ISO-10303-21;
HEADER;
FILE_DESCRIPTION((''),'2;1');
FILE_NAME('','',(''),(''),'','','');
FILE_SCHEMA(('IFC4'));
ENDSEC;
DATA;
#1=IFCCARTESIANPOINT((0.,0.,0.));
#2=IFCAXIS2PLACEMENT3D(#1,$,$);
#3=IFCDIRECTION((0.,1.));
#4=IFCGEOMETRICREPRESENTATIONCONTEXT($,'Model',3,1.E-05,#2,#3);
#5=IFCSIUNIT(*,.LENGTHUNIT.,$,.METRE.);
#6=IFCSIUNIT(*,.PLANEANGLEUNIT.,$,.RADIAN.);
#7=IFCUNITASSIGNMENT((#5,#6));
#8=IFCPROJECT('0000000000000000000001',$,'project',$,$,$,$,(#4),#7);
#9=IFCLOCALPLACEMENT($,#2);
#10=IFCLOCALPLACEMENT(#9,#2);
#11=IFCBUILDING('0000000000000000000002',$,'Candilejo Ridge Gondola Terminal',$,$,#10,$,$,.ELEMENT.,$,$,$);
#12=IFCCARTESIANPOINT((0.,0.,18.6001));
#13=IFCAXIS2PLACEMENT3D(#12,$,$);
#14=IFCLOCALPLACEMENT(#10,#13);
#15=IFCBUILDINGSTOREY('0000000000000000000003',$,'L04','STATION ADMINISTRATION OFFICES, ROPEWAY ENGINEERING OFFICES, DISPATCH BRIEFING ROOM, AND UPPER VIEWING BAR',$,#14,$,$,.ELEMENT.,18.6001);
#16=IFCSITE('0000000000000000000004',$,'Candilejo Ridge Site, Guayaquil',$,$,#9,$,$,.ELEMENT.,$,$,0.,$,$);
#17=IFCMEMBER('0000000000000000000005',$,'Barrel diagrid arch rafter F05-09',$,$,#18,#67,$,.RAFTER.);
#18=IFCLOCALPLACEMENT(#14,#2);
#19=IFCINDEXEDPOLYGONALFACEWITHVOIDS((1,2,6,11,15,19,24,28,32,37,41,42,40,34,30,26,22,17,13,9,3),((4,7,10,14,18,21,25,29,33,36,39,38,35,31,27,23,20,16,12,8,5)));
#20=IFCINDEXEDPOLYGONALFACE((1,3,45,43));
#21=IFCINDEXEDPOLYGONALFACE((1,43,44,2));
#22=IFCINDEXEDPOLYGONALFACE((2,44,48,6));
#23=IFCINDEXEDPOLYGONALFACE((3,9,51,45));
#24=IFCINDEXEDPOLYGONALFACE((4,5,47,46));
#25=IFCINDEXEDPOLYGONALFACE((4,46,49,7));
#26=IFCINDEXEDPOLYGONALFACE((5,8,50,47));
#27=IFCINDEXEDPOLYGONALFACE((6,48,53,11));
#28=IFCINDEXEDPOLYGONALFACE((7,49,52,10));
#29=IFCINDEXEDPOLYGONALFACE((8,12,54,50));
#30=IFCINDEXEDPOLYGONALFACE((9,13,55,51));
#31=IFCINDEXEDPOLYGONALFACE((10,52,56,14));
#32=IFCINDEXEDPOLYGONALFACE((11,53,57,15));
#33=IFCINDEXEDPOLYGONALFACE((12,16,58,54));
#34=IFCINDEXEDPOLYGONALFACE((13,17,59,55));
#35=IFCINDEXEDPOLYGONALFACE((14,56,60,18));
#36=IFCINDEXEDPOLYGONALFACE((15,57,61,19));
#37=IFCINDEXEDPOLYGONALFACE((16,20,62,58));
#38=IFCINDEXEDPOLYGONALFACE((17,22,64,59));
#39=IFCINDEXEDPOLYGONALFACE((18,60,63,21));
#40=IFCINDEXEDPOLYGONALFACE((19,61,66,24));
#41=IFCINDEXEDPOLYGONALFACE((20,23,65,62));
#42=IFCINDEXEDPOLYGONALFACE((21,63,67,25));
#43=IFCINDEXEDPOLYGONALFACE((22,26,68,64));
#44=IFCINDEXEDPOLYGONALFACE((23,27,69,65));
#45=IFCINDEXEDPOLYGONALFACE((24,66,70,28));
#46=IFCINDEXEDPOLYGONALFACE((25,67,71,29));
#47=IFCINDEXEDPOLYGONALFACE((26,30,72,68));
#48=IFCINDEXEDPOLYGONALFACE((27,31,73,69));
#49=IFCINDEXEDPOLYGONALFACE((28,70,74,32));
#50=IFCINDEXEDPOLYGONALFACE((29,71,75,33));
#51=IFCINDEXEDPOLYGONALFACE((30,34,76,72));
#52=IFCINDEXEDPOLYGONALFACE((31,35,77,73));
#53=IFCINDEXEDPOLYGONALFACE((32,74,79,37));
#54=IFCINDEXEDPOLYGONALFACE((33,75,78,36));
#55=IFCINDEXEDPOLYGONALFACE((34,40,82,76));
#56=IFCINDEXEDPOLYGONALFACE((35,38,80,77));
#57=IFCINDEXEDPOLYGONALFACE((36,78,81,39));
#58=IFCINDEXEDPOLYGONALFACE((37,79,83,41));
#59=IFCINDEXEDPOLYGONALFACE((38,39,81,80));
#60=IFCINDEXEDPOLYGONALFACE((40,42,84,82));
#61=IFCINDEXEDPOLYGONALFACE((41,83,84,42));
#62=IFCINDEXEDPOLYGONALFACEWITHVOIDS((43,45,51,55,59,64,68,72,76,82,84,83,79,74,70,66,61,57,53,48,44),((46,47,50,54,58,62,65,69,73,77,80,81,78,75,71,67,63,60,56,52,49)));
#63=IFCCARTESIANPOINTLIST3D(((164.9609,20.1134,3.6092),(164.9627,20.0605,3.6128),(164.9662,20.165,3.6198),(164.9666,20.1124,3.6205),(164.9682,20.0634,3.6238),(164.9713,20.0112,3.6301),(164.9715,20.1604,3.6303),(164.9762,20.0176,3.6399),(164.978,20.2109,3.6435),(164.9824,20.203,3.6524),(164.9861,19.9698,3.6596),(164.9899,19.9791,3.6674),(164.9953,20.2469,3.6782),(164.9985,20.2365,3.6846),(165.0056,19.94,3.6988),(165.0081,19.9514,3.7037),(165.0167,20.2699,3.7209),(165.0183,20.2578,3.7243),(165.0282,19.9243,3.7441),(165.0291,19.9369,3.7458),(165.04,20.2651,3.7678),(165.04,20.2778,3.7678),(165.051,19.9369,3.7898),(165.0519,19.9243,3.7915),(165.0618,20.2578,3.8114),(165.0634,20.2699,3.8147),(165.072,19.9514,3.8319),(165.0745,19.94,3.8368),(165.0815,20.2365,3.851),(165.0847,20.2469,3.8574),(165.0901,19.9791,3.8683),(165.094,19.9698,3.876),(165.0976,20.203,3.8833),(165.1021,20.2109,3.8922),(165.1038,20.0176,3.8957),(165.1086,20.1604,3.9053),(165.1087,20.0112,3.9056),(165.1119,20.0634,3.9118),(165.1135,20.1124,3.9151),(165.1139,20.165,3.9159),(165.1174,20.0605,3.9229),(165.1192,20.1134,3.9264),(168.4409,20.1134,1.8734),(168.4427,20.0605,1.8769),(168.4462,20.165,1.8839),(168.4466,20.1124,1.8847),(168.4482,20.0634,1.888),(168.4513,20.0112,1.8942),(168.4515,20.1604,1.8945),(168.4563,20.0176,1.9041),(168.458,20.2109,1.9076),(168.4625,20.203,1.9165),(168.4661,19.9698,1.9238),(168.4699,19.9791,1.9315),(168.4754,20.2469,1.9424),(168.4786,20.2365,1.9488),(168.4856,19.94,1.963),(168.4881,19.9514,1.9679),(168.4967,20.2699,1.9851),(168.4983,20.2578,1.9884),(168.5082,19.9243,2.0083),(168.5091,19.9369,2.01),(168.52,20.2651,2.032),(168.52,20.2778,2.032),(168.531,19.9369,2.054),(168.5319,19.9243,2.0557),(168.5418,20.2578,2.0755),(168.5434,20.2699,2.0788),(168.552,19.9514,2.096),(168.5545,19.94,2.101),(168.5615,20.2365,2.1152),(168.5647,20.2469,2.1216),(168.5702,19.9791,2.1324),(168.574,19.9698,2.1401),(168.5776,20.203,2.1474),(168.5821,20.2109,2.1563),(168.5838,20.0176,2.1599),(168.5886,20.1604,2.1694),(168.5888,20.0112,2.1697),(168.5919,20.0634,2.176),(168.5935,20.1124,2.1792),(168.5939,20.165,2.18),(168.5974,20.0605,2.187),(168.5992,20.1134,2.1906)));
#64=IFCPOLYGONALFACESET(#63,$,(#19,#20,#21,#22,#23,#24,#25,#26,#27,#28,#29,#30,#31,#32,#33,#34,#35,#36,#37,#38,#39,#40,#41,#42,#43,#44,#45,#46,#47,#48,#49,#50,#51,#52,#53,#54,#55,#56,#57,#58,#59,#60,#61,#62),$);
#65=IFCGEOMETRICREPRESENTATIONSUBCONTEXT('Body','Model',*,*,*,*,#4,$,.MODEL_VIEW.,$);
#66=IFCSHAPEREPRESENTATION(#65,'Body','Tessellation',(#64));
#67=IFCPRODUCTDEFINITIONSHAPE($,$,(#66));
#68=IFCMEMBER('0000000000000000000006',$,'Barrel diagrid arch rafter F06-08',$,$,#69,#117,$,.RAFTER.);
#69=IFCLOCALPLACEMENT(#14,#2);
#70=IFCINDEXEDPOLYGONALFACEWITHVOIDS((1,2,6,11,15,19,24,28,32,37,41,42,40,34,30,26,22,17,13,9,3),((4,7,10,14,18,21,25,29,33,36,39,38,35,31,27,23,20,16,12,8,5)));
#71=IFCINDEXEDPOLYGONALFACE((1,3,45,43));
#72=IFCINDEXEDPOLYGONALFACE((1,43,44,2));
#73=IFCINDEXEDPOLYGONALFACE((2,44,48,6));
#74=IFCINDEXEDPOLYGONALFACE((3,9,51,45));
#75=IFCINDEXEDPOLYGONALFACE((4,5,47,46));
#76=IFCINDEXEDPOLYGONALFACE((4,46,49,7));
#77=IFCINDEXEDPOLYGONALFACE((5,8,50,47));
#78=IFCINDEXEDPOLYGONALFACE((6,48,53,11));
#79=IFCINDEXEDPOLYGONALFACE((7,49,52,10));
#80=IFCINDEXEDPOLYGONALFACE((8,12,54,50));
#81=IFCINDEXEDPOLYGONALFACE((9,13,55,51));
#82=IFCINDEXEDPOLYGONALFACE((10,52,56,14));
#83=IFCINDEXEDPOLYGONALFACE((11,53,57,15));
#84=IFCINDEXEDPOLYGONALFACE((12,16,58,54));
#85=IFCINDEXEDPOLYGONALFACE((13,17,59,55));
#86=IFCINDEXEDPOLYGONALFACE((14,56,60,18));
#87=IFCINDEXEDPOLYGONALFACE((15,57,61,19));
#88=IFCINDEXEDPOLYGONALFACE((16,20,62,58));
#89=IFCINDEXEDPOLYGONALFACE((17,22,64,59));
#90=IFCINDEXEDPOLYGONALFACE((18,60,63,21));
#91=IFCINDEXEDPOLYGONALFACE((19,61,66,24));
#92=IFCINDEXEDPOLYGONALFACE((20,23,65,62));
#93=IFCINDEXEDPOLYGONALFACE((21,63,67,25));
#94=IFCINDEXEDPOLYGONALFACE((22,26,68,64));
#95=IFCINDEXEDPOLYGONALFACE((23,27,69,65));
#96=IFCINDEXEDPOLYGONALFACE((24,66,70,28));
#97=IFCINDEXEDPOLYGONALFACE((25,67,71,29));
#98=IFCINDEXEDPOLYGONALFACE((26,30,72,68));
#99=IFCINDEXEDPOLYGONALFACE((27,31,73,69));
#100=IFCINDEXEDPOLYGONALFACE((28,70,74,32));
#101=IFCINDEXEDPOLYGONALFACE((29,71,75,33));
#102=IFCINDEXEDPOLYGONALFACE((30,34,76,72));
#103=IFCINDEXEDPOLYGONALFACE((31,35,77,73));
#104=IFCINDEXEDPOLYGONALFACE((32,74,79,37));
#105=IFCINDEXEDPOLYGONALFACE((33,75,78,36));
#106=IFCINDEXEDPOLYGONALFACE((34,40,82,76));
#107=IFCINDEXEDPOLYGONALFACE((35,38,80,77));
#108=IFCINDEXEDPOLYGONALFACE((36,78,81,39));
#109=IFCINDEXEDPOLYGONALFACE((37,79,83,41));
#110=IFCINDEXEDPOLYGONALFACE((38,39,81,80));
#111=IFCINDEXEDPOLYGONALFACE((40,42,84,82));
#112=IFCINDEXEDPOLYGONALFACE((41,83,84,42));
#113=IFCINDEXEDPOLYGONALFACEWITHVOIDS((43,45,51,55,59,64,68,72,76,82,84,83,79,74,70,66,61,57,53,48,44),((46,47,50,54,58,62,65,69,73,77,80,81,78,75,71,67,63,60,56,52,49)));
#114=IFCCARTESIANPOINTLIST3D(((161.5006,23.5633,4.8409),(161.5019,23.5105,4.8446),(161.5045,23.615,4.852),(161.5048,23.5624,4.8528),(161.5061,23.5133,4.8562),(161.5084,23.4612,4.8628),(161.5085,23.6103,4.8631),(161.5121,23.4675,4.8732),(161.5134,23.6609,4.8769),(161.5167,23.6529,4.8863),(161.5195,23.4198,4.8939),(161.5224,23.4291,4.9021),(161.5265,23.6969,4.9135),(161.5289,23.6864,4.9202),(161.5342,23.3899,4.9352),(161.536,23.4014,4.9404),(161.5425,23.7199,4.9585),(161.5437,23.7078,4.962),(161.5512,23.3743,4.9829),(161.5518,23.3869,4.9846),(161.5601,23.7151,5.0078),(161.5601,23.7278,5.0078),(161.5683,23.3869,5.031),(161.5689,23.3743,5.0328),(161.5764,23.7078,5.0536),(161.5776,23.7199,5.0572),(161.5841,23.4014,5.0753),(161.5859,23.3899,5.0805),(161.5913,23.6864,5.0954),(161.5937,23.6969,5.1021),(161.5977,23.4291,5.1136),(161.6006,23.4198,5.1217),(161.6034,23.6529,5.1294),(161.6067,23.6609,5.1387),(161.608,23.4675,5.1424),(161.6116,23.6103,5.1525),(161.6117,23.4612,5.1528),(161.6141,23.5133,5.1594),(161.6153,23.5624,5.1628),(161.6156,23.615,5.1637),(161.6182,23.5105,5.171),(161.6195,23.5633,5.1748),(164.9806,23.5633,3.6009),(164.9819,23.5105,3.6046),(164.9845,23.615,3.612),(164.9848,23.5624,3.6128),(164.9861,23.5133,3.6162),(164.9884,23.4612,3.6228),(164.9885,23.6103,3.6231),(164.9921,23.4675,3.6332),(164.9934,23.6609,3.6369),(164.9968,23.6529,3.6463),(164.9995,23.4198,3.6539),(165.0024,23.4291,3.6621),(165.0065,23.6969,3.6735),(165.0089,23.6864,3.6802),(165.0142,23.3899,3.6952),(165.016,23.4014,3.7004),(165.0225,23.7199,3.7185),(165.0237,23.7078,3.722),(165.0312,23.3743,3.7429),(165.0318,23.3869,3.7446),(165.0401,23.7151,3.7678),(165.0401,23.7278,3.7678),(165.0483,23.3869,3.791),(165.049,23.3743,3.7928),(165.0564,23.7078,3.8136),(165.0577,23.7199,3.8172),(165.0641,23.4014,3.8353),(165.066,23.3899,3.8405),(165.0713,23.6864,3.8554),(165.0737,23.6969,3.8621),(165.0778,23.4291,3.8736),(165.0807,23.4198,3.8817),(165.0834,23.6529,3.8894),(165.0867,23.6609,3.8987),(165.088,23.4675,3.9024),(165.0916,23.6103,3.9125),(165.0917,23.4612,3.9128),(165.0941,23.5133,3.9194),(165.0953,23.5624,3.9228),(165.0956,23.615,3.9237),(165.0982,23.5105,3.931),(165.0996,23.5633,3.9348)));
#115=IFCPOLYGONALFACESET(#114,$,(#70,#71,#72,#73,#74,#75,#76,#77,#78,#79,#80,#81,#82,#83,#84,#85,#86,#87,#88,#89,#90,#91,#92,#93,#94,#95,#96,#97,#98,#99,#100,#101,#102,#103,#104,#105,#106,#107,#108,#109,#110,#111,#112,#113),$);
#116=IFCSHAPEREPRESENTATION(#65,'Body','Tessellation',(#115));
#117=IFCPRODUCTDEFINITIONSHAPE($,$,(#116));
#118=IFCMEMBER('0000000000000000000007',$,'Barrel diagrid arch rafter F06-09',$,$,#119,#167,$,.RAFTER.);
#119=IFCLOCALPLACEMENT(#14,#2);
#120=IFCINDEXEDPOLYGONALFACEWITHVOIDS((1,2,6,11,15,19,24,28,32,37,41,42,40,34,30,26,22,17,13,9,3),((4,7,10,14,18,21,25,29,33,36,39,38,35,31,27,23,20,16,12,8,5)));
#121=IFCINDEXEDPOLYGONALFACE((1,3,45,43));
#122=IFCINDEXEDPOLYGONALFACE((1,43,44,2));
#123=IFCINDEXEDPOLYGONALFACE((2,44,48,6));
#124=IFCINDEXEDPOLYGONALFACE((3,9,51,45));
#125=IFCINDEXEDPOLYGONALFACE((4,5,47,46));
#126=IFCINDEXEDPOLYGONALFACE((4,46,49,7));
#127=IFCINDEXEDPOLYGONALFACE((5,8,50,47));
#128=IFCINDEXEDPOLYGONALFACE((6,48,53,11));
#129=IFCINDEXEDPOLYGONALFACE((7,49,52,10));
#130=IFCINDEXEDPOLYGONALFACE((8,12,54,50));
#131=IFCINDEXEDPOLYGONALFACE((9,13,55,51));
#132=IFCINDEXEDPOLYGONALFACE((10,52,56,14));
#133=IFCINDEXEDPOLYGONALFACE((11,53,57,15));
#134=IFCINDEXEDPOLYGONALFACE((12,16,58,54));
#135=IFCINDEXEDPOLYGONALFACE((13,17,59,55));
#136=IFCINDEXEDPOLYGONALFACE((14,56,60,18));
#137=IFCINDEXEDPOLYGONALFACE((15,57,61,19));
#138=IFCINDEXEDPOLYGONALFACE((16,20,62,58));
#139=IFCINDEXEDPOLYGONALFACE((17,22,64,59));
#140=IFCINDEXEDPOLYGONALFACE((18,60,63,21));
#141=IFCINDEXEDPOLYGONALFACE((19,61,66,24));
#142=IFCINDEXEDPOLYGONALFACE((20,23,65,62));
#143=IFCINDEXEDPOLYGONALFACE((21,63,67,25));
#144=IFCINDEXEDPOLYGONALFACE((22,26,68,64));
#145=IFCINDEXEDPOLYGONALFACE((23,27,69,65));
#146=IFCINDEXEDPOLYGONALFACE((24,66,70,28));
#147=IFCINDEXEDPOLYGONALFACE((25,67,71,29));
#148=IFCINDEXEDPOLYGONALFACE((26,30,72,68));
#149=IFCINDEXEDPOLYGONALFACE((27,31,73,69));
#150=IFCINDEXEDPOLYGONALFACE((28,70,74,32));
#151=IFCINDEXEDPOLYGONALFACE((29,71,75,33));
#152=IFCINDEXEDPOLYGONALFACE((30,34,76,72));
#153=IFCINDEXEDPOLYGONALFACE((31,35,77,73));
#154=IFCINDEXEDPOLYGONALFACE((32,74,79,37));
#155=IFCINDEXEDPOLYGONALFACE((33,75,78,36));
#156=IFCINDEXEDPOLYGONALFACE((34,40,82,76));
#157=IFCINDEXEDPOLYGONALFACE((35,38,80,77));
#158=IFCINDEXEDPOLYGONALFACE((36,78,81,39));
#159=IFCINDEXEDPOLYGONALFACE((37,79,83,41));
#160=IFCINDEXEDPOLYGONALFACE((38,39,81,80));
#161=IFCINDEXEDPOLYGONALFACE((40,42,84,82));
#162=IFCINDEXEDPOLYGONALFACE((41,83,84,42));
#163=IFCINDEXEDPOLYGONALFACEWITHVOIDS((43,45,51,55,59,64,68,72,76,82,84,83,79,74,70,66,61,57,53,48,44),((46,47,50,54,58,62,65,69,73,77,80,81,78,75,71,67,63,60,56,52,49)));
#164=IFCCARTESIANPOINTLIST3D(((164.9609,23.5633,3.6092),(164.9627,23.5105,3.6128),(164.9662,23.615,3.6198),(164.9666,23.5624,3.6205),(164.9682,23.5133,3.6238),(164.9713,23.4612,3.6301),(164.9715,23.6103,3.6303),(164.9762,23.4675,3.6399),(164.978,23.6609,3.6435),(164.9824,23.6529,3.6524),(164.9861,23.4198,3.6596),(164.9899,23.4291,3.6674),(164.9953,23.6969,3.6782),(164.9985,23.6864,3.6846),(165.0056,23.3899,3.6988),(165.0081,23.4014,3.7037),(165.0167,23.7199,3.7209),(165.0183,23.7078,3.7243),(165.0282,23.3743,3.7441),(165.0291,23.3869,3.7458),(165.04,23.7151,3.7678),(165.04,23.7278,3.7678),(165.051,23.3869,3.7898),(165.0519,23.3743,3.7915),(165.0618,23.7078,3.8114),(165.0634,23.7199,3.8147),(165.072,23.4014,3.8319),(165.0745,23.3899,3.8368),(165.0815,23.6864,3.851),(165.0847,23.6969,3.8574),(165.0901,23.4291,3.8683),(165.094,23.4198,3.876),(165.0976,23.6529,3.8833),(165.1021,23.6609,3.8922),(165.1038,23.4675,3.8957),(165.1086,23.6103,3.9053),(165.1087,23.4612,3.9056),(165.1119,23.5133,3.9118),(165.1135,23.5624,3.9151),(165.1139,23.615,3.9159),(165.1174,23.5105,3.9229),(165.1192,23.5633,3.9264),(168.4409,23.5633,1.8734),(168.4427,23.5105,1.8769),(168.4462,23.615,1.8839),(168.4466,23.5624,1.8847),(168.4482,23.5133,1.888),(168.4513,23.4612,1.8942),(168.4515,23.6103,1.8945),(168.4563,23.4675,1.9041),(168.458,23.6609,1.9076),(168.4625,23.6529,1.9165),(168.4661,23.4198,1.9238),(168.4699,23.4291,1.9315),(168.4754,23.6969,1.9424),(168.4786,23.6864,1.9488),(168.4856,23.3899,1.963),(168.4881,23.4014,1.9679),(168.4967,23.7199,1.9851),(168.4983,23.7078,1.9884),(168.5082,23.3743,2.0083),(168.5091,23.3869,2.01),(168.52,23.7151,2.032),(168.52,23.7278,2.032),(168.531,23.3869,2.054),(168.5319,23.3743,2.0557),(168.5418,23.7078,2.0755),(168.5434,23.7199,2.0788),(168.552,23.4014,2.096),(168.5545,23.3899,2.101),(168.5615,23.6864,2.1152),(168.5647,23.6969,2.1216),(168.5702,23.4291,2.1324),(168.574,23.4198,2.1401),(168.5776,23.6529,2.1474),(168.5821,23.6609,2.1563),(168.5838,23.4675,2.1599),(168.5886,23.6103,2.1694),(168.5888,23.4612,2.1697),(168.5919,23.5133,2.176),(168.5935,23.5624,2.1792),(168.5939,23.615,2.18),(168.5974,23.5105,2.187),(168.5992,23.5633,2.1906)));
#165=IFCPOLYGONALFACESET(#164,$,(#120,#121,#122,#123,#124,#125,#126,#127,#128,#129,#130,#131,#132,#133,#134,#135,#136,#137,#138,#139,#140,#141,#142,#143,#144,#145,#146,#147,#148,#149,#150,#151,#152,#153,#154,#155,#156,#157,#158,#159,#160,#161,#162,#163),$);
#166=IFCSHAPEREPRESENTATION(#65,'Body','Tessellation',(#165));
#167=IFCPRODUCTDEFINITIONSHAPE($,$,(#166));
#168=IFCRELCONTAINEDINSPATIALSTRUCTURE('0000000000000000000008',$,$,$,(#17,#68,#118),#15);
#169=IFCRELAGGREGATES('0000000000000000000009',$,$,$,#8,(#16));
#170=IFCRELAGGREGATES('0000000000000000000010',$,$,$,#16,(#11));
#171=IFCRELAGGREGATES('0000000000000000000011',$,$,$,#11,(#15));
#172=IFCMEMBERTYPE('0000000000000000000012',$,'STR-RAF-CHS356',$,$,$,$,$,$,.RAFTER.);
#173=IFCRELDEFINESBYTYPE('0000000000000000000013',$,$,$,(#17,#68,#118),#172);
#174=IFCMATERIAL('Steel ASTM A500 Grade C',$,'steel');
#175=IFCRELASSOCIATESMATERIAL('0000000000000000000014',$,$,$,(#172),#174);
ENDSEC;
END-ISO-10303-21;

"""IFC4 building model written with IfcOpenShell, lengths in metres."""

from ifc_helpers import new_model, si_unit, direction, frame, origin, origin_2d, place, context, subcontext, project, spatial, hollow_circle, extrude, material, material_profile, profile_set, type_object, element, save


model = new_model("IFC4")

# Units and contexts
model_context = context("Model", 3, precision=1e-05, world=origin(), true_north=direction((0.0, 1.0)))
body_context = subcontext(model_context, "Body", "Model", "MODEL_VIEW")
ifc_project = project(units=[si_unit("LENGTHUNIT", "METRE"), si_unit("PLANEANGLEUNIT", "RADIAN")], contexts=[model_context])

# Site, building, storey
site_placement = place(None, origin())
site = spatial("IfcSite", under=ifc_project, at=site_placement, Name="Candilejo Ridge Site, Guayaquil", CompositionType="ELEMENT", RefElevation=0.0)
building_placement = place(site_placement, origin())
building = spatial("IfcBuilding", under=site, at=building_placement, Name="Candilejo Ridge Gondola Terminal", CompositionType="ELEMENT")
storey_placement = place(building_placement, frame((0.0, 0.0, 18.6001)))
storey = spatial("IfcBuildingStorey", under=building, at=storey_placement, Name="L04", Description="STATION ADMINISTRATION OFFICES, ROPEWAY ENGINEERING OFFICES, DISPATCH BRIEFING ROOM, AND UPPER VIEWING BAR", CompositionType="ELEMENT", Elevation=18.6001)

# Members
ifc_material_1 = material(Name="Steel ASTM A500 Grade C", Category="steel")
ifc_material_profile_1 = material_profile(ifc_material_1, hollow_circle(Radius=0.1777, WallThickness=0.0127, at=origin_2d()))
ifc_profile_set_1 = profile_set([ifc_material_profile_1], Name="Steel ASTM A500 Grade C")
member_type_1 = type_object("IfcMemberType", Name="STR-RAF-CHS356", PredefinedType="RAFTER", material=ifc_profile_set_1)
member_1_placement = place(storey_placement, frame((165.04, 20.1001, 3.7678), z_axis=(0.894854, 0.0, -0.44636), x_axis=(0.0, 1.0, 0.0)))
element("IfcMember", 1, at=member_1_placement, inside=storey, type_object=member_type_1, Name="Barrel diagrid arch rafter F05-09", PredefinedType="RAFTER", context=body_context, shape_type="SweptSolid", body=[
    extrude(hollow_circle(Radius=0.1777, WallThickness=0.0127, at=origin_2d()), origin(), (0.0, 0.0, 1.0), 3.8889),
])
member_2_placement = place(storey_placement, frame((161.5601, 23.55, 5.0078), z_axis=(0.941987, 0.0, -0.33565), x_axis=(0.0, 1.0, 0.0)))
element("IfcMember", 2, at=member_2_placement, inside=storey, type_object=member_type_1, Name="Barrel diagrid arch rafter F06-08", PredefinedType="RAFTER", context=body_context, shape_type="SweptSolid", body=[
    extrude(hollow_circle(Radius=0.1777, WallThickness=0.0127, at=origin_2d()), origin(), (0.0, 0.0, 1.0), 3.6943),
])
member_3_placement = place(storey_placement, frame((165.04, 23.55, 3.7678), z_axis=(0.894854, 0.0, -0.44636), x_axis=(0.0, 1.0, 0.0)))
element("IfcMember", 3, at=member_3_placement, inside=storey, type_object=member_type_1, Name="Barrel diagrid arch rafter F06-09", PredefinedType="RAFTER", context=body_context, shape_type="SweptSolid", body=[
    extrude(hollow_circle(Radius=0.1777, WallThickness=0.0127, at=origin_2d()), origin(), (0.0, 0.0, 1.0), 3.8889),
])

save(model, "model.ifc")
